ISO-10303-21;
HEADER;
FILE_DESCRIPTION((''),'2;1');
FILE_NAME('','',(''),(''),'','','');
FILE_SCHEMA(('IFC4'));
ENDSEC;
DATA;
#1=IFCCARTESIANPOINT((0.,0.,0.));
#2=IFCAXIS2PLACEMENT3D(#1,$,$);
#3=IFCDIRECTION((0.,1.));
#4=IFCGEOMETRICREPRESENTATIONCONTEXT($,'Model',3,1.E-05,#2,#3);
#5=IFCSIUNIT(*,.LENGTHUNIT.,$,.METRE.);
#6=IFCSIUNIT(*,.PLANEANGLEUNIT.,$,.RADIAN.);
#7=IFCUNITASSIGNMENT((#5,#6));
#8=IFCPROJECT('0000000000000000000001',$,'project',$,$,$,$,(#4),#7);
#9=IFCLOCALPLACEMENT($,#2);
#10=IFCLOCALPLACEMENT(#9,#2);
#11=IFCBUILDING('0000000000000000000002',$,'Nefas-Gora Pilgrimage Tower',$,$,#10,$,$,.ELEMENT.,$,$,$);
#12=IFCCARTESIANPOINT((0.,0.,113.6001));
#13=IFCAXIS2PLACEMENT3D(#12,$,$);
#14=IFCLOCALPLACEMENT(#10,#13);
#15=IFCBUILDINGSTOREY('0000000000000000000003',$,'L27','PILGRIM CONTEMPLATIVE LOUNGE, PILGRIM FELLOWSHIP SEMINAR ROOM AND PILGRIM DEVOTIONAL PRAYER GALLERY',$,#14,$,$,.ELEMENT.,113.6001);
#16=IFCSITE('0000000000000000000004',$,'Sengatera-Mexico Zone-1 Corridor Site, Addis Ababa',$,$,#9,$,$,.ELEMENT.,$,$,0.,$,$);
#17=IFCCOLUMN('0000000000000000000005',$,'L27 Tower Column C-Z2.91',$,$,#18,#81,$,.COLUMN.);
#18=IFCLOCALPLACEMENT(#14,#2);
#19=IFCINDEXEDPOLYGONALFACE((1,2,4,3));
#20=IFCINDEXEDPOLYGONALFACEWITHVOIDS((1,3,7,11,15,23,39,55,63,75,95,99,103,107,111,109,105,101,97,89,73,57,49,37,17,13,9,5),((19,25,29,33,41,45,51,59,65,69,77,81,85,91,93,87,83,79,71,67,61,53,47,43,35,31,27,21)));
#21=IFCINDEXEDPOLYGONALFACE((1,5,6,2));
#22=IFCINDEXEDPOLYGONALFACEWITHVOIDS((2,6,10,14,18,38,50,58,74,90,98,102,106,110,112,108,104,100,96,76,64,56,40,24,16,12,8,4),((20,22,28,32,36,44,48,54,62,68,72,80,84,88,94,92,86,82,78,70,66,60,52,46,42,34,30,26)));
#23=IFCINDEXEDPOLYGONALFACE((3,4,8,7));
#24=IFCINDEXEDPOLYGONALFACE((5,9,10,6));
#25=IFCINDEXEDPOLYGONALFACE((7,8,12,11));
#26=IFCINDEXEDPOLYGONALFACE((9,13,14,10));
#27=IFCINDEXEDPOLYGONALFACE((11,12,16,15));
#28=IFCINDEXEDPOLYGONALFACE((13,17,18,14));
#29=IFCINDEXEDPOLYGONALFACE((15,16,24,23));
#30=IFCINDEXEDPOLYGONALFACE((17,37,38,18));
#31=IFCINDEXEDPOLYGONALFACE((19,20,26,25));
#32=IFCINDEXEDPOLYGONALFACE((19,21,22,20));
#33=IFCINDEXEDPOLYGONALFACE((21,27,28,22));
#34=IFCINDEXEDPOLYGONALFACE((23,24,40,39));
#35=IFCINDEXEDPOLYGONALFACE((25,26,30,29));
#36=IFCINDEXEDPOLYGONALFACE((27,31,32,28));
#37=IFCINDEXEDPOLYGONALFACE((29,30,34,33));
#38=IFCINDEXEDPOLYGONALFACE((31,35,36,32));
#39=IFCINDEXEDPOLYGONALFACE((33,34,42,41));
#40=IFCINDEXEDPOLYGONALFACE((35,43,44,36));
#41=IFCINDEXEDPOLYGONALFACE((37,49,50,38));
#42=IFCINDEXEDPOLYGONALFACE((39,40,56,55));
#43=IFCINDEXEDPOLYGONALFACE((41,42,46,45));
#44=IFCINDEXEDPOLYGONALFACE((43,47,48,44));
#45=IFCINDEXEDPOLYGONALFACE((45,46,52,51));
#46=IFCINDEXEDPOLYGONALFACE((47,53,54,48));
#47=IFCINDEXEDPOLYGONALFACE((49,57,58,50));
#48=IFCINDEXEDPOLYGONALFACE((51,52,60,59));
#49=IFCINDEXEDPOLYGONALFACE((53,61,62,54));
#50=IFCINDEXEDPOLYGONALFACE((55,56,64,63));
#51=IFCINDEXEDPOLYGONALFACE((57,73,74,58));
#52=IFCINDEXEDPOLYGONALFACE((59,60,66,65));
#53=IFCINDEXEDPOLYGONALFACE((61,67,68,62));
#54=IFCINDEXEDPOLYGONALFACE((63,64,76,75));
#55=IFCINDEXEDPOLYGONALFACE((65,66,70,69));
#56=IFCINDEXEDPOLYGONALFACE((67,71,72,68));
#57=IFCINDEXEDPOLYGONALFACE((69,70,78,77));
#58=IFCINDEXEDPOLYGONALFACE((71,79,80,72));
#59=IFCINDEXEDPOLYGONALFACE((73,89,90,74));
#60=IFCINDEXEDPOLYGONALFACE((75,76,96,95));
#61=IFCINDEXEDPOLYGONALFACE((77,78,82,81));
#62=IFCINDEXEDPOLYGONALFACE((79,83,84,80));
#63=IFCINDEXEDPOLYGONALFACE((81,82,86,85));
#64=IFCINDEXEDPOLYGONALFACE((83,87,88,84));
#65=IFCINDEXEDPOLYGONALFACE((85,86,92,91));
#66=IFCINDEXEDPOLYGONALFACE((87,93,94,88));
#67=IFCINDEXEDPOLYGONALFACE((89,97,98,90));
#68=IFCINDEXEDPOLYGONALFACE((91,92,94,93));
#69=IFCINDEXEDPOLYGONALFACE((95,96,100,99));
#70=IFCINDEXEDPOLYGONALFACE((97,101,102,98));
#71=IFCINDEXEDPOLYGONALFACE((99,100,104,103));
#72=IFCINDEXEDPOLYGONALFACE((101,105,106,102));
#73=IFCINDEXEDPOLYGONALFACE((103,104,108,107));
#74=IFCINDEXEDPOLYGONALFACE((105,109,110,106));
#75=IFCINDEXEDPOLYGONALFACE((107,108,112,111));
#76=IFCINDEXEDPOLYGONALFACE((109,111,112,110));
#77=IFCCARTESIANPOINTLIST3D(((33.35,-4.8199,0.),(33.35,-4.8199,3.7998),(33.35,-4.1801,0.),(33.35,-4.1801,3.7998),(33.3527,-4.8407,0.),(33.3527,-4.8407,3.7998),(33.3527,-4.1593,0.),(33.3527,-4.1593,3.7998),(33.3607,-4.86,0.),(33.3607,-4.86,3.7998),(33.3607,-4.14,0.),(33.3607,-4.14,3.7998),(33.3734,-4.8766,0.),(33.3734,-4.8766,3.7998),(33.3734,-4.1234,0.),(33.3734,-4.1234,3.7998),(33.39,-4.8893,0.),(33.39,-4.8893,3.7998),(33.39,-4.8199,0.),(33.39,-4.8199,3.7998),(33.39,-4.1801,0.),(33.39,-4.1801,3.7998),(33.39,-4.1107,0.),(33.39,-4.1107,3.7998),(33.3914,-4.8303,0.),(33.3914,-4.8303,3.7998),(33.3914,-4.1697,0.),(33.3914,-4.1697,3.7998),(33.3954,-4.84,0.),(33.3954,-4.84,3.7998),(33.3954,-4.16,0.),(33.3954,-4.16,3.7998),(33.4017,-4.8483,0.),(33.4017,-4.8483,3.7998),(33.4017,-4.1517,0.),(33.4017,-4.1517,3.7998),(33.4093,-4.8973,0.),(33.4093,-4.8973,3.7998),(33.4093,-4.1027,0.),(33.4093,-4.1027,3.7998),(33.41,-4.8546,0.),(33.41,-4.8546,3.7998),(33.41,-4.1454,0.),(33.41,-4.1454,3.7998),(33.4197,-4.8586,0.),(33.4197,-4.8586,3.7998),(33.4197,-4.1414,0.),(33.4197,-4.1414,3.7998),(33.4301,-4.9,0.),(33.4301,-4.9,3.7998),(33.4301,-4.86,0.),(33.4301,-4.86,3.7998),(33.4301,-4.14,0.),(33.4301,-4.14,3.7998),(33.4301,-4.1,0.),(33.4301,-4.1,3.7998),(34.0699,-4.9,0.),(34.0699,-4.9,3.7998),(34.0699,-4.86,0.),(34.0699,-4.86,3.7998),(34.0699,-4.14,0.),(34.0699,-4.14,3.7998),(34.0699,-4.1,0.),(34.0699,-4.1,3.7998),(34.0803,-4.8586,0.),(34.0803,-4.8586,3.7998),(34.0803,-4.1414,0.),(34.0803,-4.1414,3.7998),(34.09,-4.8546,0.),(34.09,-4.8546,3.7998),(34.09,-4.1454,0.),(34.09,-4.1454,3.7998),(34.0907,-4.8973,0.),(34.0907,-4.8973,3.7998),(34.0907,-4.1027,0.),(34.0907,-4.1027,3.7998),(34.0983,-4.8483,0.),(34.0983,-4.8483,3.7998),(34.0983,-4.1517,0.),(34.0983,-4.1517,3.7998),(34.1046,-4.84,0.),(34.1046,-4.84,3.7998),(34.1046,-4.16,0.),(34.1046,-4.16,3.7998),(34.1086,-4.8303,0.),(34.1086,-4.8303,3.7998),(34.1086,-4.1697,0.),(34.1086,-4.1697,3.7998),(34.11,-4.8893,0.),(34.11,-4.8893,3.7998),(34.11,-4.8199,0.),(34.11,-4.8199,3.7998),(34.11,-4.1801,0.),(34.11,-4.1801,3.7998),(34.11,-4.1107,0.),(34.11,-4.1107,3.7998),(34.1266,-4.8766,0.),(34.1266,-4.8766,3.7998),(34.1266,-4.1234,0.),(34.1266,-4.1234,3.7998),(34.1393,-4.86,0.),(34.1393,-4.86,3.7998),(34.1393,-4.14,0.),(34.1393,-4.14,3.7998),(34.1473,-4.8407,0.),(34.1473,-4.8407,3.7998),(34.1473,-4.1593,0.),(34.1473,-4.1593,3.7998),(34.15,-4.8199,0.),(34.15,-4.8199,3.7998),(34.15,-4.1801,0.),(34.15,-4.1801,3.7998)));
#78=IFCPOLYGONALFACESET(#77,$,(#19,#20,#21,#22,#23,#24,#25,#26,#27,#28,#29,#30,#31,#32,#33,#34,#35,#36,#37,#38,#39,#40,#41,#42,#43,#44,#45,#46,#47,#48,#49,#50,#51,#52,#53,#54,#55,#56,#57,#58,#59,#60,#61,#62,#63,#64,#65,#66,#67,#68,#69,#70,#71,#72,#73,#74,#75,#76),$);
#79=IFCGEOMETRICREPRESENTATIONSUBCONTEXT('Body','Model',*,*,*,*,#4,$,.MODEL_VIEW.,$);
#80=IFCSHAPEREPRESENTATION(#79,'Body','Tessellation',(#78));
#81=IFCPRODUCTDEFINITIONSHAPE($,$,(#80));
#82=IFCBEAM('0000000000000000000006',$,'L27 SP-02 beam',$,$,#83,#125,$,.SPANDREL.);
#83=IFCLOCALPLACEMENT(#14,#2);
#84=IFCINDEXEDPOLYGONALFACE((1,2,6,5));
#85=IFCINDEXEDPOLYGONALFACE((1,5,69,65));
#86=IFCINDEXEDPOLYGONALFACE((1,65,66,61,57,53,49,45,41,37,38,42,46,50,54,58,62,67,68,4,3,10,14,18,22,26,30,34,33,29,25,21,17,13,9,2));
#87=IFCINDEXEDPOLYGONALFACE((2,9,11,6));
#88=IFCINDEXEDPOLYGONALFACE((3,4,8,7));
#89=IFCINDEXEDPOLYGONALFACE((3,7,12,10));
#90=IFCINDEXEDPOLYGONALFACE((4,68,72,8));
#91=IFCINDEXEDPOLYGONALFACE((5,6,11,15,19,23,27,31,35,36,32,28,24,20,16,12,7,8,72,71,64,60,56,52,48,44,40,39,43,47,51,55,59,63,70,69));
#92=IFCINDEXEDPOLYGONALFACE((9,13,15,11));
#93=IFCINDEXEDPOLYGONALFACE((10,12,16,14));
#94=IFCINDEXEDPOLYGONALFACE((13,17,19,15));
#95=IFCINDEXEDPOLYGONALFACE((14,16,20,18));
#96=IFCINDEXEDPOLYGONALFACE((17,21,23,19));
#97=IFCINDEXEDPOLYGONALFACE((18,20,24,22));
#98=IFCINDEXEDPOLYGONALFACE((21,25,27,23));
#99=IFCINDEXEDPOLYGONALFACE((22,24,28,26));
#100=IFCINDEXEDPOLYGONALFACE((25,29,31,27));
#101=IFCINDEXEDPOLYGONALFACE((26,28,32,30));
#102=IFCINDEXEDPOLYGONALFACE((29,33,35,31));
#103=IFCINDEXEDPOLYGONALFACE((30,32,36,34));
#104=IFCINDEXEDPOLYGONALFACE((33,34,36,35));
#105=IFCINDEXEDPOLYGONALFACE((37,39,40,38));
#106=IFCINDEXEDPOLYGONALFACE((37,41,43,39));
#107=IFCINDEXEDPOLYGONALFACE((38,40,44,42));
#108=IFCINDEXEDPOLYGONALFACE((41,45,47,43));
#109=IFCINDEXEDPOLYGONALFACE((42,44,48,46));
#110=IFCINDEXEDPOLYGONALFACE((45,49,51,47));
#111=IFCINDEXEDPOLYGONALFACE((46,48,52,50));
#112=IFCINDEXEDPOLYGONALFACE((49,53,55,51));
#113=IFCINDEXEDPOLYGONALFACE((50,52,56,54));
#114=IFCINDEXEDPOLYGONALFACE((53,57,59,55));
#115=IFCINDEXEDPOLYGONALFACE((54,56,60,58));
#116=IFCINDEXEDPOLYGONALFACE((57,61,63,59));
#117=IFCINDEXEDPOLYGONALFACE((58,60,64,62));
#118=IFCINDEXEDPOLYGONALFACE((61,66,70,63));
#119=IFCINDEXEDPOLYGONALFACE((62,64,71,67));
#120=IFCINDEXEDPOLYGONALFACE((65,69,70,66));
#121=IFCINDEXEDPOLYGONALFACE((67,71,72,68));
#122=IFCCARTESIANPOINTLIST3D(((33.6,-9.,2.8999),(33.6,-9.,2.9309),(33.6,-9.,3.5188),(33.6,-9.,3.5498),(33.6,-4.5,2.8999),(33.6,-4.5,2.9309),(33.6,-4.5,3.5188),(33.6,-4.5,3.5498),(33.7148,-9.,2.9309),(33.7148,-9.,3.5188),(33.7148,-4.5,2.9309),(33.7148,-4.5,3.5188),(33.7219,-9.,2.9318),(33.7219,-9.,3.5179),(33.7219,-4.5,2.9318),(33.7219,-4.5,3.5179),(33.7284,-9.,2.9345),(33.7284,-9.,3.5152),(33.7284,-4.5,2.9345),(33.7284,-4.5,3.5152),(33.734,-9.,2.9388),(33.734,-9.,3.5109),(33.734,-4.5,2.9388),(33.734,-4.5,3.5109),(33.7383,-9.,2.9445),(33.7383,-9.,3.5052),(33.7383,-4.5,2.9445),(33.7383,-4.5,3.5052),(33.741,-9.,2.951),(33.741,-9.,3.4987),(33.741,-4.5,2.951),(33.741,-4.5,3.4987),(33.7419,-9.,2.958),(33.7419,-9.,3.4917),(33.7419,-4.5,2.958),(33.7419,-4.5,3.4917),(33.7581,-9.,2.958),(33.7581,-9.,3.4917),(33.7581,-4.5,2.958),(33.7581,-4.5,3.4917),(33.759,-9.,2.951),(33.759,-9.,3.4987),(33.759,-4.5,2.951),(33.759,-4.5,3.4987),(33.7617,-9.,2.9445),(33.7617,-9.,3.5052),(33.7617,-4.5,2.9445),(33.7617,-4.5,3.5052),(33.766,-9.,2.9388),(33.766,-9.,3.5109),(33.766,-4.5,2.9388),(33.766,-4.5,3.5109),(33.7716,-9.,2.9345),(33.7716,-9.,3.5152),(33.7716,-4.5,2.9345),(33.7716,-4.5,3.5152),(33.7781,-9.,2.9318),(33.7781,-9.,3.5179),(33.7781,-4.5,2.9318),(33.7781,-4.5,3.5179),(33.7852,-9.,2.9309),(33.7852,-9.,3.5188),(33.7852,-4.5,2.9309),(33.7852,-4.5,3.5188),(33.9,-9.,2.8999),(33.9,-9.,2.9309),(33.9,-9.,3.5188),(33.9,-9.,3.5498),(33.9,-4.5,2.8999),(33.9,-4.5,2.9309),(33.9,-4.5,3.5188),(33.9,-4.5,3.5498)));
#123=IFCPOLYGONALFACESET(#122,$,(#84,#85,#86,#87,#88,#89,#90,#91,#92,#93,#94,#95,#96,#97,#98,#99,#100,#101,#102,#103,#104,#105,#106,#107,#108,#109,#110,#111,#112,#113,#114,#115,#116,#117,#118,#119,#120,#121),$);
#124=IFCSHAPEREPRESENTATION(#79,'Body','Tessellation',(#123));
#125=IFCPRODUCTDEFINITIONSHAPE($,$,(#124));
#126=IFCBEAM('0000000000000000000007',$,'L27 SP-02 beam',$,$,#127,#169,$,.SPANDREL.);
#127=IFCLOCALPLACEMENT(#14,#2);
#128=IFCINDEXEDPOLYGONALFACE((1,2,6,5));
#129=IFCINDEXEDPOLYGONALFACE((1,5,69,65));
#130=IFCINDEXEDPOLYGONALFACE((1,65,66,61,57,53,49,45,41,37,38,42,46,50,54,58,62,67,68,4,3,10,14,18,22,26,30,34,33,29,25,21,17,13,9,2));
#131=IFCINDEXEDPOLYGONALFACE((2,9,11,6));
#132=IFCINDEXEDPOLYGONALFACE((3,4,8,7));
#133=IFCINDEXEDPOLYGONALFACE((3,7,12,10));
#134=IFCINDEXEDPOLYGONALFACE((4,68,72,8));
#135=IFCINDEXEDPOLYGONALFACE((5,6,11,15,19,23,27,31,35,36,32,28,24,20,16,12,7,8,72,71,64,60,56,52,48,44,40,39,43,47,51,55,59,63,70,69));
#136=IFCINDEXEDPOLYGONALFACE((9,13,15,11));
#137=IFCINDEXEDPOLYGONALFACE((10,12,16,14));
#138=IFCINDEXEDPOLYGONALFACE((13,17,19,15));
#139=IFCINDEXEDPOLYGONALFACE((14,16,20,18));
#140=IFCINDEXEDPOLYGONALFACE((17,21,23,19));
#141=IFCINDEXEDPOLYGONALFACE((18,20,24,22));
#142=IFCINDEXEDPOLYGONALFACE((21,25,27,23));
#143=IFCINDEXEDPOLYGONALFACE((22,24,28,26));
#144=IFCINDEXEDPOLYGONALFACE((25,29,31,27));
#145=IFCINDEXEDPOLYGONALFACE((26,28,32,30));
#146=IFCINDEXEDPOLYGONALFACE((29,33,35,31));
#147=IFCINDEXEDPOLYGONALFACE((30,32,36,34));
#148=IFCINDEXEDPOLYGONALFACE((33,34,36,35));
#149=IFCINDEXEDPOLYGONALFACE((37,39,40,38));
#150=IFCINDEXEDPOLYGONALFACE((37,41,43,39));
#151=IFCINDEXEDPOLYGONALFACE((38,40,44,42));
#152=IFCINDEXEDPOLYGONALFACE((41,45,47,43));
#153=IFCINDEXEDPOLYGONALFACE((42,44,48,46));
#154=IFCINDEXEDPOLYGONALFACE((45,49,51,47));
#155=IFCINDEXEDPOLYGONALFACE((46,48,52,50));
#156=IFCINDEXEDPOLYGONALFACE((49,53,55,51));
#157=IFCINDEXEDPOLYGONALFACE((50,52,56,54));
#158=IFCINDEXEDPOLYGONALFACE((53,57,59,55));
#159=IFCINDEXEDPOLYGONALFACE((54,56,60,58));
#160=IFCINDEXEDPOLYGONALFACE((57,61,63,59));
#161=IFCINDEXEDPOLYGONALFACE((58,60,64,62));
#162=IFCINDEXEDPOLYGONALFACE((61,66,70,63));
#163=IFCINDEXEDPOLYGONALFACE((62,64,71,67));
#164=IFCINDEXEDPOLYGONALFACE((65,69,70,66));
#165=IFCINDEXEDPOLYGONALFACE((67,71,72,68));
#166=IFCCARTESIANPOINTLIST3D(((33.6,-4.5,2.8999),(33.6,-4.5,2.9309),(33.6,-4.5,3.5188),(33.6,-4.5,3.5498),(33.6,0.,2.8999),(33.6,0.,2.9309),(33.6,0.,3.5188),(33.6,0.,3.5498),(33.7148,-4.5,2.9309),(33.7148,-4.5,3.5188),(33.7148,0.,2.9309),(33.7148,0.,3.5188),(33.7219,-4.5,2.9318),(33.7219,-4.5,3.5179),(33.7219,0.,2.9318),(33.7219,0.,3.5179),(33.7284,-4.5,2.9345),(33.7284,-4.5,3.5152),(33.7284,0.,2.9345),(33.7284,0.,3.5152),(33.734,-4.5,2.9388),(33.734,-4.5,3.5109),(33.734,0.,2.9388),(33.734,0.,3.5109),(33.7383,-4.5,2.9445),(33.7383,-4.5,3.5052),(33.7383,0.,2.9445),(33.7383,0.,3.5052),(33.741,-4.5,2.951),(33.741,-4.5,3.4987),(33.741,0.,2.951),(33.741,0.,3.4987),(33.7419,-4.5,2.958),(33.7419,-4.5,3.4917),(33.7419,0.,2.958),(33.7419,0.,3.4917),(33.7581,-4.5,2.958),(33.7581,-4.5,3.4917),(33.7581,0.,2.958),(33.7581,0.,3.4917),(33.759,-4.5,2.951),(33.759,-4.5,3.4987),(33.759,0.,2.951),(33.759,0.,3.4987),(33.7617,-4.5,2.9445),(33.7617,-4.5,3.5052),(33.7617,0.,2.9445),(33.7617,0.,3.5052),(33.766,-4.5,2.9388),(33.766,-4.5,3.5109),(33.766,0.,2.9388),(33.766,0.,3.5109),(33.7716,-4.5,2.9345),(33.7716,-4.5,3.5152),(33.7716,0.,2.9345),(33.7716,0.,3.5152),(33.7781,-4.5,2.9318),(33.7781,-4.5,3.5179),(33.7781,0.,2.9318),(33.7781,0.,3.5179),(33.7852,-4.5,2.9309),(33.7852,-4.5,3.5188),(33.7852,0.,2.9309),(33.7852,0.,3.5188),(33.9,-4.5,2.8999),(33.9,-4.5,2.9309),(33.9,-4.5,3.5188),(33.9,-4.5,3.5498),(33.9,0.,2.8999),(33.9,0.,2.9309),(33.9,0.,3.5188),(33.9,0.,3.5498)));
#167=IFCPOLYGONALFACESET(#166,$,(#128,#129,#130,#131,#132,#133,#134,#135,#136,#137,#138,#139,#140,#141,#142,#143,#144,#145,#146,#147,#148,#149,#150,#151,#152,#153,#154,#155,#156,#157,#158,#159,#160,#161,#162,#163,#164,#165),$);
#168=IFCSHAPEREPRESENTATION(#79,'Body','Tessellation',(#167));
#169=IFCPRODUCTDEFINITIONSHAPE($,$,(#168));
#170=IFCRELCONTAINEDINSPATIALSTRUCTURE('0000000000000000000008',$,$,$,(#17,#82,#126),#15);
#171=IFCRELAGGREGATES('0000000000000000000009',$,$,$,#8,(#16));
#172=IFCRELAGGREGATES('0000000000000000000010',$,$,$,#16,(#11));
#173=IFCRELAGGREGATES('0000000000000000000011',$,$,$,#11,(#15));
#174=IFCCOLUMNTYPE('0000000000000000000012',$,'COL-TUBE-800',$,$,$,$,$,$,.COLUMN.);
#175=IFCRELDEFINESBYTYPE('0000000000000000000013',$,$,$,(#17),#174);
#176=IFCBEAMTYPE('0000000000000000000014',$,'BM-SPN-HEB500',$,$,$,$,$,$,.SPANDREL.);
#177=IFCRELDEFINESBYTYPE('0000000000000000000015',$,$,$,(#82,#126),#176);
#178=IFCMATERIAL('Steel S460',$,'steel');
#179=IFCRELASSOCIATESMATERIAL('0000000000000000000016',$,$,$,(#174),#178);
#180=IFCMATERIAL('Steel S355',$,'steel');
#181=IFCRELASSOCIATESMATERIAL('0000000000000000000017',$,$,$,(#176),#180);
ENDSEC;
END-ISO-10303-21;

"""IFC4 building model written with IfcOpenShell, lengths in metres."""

from ifc_helpers import new_model, si_unit, direction, frame, origin, origin_2d, place, context, subcontext, project, spatial, hollow_rectangle, i_section, extrude, source, transform, mapped, material, material_profile, profile_set, type_object, element, save


model = new_model("IFC4")

# Units and contexts
model_context = context("Model", 3, precision=1e-05, world=origin(), true_north=direction((0.0, 1.0)))
body_context = subcontext(model_context, "Body", "Model", "MODEL_VIEW")
ifc_project = project(units=[si_unit("LENGTHUNIT", "METRE"), si_unit("PLANEANGLEUNIT", "RADIAN")], contexts=[model_context])

# Site, building, storey
site_placement = place(None, origin())
site = spatial("IfcSite", under=ifc_project, at=site_placement, Name="Sengatera-Mexico Zone-1 Corridor Site, Addis Ababa", CompositionType="ELEMENT", RefElevation=0.0)
building_placement = place(site_placement, origin())
building = spatial("IfcBuilding", under=site, at=building_placement, Name="Nefas-Gora Pilgrimage Tower", CompositionType="ELEMENT")
storey_placement = place(building_placement, frame((0.0, 0.0, 113.6001)))
storey = spatial("IfcBuildingStorey", under=building, at=storey_placement, Name="L27", Description="PILGRIM CONTEMPLATIVE LOUNGE, PILGRIM FELLOWSHIP SEMINAR ROOM AND PILGRIM DEVOTIONAL PRAYER GALLERY", CompositionType="ELEMENT", Elevation=113.6001)

# Column
ifc_material_1 = material(Name="Steel S460", Category="steel")
ifc_material_profile_1 = material_profile(ifc_material_1, hollow_rectangle(XDim=0.8, YDim=0.8, WallThickness=0.04, InnerFilletRadius=0.04, OuterFilletRadius=0.0801, at=origin_2d()), Name="BOX 800x800x40")
ifc_profile_set_1 = profile_set([ifc_material_profile_1], Name="Steel S460")
column_type_1 = type_object("IfcColumnType", Name="COL-TUBE-800", PredefinedType="COLUMN", material=ifc_profile_set_1)
shared_shape_1 = source(origin(), body_context, "Body", "SweptSolid", [
    extrude(hollow_rectangle(XDim=0.8, YDim=0.8, WallThickness=0.04, InnerFilletRadius=0.04, OuterFilletRadius=0.0801, at=origin_2d()), origin(), (0.0, 0.0, 1.0), 3.7998),
])
for number, where, z_axis, x_axis, name in (
    (1, (33.75, -4.5, 0.0), (0.0, 0.0, 1.0), (1.0, 0.0, 0.0), "L27 Tower Column C-Z2.91"),
):
    element("IfcColumn", number, at=place(storey_placement, frame(where, z_axis=z_axis, x_axis=x_axis)), inside=storey, type_object=column_type_1, Name=name, PredefinedType="COLUMN", context=body_context, shape_type="MappedRepresentation", body=[
        mapped(shared_shape_1, transform((0.0, 0.0, 0.0), x_axis=(1.0, 0.0, 0.0), y_axis=(0.0, 1.0, 0.0), z_axis=(0.0, 0.0, 1.0), scale=1.0)),
    ])

# Beams
ifc_material_2 = material(Name="Steel S355", Category="steel")
ifc_material_profile_2 = material_profile(ifc_material_2, i_section(OverallWidth=0.3, OverallDepth=0.6499, WebThickness=0.0161, FlangeThickness=0.031, FilletRadius=0.0271, at=origin_2d()), Name="HEB 650")
ifc_profile_set_2 = profile_set([ifc_material_profile_2], Name="Steel S355")
beam_type_1 = type_object("IfcBeamType", Name="BM-SPN-HEB500", PredefinedType="SPANDREL", material=ifc_profile_set_2)
shared_shape_2 = source(origin(), body_context, "Body", "SweptSolid", [
    extrude(i_section(OverallWidth=0.3, OverallDepth=0.6499, WebThickness=0.0161, FlangeThickness=0.031, FilletRadius=0.0271, at=origin_2d()), origin(), (0.0, 0.0, 1.0), 4.5),
])
for number, where, z_axis, x_axis, name in (
    (2, (33.75, -9.0, 3.2249), (0.0, 1.0, 0.0), (-1.0, 0.0, 0.0), "L27 SP-02 beam"),
    (3, (33.75, -4.5, 3.2249), (0.0, 1.0, 0.0), (-1.0, 0.0, 0.0), "L27 SP-02 beam"),
):
    element("IfcBeam", number, at=place(storey_placement, frame(where, z_axis=z_axis, x_axis=x_axis)), inside=storey, type_object=beam_type_1, Name=name, PredefinedType="SPANDREL", context=body_context, shape_type="MappedRepresentation", body=[
        mapped(shared_shape_2, transform((0.0, 0.0, 0.0), x_axis=(1.0, 0.0, 0.0), y_axis=(0.0, 1.0, 0.0), z_axis=(0.0, 0.0, 1.0), scale=1.0)),
    ])

save(model, "model.ifc")
